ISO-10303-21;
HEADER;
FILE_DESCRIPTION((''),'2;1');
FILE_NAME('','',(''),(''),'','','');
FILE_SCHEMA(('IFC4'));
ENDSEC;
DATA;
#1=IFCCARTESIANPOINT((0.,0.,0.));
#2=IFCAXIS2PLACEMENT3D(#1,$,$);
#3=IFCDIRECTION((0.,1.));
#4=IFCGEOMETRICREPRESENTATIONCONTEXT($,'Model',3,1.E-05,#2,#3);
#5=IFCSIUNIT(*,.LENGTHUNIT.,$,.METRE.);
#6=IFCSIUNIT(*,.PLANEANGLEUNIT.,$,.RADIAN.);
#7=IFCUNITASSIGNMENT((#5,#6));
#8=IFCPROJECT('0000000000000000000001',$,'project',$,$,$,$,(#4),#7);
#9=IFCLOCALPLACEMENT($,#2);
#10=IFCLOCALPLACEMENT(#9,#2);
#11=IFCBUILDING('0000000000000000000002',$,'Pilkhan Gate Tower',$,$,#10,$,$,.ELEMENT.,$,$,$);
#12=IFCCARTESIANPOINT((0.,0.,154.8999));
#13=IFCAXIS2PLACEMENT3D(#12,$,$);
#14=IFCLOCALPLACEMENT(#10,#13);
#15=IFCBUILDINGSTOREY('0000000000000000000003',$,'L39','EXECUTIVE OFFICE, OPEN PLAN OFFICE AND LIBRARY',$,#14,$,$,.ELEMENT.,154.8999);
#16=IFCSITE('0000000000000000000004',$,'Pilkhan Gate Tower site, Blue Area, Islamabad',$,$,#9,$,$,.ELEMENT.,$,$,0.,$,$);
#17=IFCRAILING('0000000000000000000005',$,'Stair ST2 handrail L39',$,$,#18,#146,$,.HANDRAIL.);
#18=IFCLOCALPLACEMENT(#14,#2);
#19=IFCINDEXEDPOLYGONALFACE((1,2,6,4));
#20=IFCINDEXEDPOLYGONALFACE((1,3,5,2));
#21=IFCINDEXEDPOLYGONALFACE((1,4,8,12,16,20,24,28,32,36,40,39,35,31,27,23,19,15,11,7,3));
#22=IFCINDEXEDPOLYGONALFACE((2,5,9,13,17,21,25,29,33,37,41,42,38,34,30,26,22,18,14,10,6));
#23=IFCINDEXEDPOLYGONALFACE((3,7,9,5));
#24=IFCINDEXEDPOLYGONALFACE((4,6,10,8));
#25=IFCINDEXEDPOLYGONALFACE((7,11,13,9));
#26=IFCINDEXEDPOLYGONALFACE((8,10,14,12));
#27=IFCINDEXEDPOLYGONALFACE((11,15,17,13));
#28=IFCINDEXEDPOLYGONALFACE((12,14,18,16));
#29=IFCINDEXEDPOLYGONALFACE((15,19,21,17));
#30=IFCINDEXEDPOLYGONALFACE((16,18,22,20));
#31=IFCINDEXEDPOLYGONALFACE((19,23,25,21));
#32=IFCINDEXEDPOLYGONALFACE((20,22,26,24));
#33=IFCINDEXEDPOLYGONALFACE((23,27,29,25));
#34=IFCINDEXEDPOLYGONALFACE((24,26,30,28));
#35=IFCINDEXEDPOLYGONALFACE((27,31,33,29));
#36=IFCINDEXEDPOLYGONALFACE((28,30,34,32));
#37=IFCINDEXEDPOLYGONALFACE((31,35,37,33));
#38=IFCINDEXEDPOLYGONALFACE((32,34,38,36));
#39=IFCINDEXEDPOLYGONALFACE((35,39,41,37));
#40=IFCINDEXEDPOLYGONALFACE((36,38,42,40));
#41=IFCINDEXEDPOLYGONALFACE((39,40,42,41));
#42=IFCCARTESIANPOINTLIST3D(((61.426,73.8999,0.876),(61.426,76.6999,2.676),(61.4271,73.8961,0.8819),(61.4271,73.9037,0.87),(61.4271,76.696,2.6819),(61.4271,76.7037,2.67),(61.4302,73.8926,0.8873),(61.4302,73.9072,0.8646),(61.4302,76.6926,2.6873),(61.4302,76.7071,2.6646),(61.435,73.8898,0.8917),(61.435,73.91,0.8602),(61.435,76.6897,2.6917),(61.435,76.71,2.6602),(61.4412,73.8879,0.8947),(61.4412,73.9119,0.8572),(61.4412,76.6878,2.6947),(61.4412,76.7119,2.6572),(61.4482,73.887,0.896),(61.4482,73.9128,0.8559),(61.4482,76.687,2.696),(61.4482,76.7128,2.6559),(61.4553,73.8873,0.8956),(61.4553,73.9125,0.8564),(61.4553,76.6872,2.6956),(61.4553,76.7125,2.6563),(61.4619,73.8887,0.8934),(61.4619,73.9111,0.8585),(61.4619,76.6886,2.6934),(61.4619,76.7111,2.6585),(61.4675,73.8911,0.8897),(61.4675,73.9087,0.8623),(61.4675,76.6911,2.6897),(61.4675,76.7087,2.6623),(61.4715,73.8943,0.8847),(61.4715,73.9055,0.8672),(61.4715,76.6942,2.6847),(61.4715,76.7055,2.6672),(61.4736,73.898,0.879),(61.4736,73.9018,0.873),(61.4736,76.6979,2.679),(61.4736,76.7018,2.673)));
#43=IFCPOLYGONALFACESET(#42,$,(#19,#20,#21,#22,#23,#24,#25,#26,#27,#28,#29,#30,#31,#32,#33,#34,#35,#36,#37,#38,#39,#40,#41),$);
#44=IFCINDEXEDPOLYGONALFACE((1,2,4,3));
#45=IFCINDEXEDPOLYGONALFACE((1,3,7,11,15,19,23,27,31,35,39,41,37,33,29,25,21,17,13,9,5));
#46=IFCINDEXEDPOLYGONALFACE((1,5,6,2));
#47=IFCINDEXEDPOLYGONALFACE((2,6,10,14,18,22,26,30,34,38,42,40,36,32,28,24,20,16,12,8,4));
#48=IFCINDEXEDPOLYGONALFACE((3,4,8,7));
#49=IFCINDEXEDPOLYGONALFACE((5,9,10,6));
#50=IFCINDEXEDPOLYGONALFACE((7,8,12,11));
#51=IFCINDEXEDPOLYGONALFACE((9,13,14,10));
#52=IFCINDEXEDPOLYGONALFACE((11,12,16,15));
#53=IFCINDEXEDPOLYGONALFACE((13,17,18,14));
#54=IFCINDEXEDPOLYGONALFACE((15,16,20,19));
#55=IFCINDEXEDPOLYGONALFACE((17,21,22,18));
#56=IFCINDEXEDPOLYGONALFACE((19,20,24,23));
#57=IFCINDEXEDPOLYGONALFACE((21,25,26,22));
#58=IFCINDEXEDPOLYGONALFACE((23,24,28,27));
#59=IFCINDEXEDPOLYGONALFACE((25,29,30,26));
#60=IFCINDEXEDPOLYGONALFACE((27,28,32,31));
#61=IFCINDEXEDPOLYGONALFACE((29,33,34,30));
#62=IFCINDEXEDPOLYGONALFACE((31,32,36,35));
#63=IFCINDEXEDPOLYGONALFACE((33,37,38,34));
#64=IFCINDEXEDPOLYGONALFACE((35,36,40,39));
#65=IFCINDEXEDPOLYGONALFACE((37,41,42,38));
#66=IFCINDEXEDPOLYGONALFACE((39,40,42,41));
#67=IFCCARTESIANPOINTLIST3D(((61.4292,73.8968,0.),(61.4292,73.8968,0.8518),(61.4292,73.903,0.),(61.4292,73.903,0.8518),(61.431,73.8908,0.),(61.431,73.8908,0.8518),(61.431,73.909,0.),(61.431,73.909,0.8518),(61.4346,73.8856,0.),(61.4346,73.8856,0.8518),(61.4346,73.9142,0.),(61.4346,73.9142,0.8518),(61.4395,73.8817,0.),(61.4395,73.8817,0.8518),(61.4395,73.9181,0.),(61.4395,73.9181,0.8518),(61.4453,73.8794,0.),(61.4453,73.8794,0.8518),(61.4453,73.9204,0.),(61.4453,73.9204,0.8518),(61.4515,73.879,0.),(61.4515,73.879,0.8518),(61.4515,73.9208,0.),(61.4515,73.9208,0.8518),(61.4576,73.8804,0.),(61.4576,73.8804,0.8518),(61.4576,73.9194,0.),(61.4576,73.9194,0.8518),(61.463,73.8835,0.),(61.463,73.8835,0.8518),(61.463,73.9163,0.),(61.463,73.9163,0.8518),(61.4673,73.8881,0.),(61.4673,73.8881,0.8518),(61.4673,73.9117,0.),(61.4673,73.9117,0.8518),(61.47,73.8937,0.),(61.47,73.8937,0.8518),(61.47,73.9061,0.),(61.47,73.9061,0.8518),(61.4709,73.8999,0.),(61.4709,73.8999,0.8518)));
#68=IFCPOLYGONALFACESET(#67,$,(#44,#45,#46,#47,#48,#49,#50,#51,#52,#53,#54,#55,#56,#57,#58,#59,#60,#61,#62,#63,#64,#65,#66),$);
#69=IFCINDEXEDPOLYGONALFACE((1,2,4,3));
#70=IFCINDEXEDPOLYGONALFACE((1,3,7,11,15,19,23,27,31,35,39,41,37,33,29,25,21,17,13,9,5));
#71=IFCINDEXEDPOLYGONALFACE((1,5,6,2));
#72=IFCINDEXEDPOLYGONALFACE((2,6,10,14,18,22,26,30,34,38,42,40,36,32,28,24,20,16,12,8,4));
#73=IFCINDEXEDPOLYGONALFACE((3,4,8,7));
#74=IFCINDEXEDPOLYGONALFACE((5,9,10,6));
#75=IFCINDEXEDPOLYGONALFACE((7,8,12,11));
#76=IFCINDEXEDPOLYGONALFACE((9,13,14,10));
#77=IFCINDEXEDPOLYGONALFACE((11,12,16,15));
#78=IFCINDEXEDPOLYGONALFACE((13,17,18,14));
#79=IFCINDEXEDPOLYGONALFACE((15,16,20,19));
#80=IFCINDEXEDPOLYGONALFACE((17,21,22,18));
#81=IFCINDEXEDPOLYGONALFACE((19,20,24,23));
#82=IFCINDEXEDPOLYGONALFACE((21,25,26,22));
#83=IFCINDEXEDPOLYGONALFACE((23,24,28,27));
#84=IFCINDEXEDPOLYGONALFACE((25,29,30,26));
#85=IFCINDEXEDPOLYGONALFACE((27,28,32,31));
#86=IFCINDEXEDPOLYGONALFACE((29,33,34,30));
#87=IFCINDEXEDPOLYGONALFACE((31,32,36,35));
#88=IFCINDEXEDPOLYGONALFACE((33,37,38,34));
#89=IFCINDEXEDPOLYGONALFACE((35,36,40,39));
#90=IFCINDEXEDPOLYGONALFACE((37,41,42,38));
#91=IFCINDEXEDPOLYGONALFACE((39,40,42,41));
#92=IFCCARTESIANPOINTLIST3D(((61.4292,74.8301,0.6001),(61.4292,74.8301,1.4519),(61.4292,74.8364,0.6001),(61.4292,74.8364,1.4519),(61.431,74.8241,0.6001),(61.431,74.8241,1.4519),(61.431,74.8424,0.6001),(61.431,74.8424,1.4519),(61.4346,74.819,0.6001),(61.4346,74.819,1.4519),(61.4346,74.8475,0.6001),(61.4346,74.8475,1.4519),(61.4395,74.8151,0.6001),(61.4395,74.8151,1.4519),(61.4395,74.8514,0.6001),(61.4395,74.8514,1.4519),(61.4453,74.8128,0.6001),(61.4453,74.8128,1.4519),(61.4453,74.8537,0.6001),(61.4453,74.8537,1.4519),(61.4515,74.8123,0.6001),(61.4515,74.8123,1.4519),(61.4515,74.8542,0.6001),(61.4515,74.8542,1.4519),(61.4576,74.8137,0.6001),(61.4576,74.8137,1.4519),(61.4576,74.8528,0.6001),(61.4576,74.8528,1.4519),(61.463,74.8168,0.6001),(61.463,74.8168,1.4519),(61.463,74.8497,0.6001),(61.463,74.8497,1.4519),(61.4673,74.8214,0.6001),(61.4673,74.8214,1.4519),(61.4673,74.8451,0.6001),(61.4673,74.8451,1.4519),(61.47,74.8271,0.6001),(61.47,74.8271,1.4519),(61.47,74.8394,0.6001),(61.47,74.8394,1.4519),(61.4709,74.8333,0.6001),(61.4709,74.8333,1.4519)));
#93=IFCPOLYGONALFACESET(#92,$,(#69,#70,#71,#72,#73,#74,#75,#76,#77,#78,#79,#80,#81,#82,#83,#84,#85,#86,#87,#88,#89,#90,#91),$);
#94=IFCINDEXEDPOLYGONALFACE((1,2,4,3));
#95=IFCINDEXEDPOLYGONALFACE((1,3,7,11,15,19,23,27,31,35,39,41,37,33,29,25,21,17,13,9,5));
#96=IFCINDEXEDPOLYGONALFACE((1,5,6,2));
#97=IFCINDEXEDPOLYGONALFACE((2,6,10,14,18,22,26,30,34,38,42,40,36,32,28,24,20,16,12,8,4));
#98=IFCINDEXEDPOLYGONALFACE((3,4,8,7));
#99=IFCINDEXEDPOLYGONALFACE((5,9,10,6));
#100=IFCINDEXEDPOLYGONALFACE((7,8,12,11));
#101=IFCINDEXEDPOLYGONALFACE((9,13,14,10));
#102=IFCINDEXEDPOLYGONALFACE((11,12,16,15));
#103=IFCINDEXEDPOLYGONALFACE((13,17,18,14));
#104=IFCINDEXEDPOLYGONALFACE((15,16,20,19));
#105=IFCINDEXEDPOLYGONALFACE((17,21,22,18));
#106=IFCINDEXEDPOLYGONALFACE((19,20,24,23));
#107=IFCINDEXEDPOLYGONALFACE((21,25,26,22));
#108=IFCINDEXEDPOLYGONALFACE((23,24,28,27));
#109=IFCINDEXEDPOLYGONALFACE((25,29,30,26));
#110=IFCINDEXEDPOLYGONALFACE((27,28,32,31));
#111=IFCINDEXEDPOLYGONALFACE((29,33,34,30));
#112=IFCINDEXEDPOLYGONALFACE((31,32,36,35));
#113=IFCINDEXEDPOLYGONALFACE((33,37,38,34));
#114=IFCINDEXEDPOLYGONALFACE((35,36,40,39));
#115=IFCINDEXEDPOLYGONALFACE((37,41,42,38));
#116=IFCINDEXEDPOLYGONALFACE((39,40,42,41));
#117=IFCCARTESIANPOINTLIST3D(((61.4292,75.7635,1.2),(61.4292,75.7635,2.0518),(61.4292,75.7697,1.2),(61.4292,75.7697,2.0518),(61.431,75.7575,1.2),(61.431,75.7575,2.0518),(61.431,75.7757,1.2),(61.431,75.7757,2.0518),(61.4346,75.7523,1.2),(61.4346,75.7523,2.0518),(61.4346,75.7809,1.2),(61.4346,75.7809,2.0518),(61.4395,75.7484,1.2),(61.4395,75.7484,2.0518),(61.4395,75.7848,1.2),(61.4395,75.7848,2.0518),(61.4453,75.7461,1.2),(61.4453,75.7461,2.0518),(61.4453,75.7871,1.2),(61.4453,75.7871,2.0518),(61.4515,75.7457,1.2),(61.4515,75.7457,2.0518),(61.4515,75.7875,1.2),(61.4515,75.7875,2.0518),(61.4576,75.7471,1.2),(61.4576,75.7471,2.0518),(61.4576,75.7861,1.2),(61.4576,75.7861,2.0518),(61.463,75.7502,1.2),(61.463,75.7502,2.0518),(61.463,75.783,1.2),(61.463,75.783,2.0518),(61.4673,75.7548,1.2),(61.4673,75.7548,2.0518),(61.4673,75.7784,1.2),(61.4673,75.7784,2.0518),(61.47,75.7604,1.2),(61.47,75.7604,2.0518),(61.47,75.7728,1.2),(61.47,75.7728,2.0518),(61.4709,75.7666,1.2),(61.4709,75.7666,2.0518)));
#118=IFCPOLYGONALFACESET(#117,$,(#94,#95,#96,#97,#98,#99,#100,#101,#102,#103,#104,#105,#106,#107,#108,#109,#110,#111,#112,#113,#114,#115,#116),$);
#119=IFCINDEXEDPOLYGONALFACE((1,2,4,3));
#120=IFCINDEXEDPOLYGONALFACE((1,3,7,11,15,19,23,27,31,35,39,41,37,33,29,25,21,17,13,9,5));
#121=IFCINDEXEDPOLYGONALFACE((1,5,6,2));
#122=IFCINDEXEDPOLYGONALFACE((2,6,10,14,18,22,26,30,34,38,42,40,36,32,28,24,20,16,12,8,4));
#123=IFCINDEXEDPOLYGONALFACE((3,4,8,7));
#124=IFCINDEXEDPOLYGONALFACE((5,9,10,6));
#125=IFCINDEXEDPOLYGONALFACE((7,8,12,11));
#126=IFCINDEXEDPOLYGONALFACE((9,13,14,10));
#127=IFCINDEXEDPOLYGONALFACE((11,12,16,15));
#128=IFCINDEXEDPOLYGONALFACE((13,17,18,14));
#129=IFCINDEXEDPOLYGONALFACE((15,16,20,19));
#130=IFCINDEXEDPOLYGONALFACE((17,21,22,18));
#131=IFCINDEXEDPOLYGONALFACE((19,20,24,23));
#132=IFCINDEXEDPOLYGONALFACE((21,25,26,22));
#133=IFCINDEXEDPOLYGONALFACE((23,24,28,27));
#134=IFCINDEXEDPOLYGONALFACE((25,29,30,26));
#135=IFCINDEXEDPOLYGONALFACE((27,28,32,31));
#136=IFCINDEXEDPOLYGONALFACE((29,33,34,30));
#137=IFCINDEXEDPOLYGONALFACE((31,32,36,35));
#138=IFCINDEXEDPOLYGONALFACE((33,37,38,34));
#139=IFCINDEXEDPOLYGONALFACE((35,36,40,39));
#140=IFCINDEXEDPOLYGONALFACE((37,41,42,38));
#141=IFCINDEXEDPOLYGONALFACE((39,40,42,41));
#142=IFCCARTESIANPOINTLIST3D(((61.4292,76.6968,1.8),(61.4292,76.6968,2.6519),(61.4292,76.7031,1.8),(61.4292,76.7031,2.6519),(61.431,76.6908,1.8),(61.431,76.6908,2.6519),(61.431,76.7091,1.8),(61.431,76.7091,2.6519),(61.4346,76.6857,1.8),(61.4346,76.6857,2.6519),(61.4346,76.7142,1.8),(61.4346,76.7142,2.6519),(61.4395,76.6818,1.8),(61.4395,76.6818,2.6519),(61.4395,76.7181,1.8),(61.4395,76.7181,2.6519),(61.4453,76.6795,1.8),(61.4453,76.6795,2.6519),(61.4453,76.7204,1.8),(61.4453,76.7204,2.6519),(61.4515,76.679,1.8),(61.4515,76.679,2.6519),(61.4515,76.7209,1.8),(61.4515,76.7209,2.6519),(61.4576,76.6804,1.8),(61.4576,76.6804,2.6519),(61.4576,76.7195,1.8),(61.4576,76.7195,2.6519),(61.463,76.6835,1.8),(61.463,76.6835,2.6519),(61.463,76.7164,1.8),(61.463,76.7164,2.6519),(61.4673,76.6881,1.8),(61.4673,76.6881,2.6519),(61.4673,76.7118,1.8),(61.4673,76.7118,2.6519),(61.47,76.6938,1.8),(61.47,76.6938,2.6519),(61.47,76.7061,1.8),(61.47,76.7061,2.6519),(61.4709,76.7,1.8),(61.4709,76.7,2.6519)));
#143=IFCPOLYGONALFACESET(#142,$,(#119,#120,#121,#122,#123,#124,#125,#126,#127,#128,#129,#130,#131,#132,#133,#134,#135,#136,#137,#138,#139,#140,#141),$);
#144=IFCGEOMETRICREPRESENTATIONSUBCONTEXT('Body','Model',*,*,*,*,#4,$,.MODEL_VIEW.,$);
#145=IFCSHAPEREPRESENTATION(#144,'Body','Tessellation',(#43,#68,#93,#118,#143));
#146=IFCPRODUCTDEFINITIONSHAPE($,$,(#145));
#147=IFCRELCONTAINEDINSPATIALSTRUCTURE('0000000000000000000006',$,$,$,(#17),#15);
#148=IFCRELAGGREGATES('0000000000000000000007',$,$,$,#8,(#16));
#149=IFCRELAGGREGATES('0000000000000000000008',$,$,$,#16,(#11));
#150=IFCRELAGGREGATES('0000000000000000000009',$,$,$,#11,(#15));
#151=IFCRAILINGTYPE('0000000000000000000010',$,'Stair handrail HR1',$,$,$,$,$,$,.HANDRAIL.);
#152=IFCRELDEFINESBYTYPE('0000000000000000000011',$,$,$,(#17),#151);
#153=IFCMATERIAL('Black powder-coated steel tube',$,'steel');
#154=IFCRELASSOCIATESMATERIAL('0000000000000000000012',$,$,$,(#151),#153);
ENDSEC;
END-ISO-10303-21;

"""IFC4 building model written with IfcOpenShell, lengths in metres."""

from ifc_helpers import new_model, si_unit, direction, frame, origin, origin_2d, place, context, subcontext, project, spatial, circle, extrude, material, type_object, element, save


model = new_model("IFC4")

# Units and contexts
model_context = context("Model", 3, precision=1e-05, world=origin(), true_north=direction((0.0, 1.0)))
body_context = subcontext(model_context, "Body", "Model", "MODEL_VIEW")
ifc_project = project(units=[si_unit("LENGTHUNIT", "METRE"), si_unit("PLANEANGLEUNIT", "RADIAN")], contexts=[model_context])

# Site, building, storey
site_placement = place(None, origin())
site = spatial("IfcSite", under=ifc_project, at=site_placement, Name="Pilkhan Gate Tower site, Blue Area, Islamabad", CompositionType="ELEMENT", RefElevation=0.0)
building_placement = place(site_placement, origin())
building = spatial("IfcBuilding", under=site, at=building_placement, Name="Pilkhan Gate Tower", CompositionType="ELEMENT")
storey_placement = place(building_placement, frame((0.0, 0.0, 154.8999)))
storey = spatial("IfcBuildingStorey", under=building, at=storey_placement, Name="L39", Description="EXECUTIVE OFFICE, OPEN PLAN OFFICE AND LIBRARY", CompositionType="ELEMENT", Elevation=154.8999)

# Railing
ifc_material_1 = material(Name="Black powder-coated steel tube", Category="steel")
railing_type_1 = type_object("IfcRailingType", Name="Stair handrail HR1", PredefinedType="HANDRAIL", material=ifc_material_1)
railing_1_placement = place(storey_placement, frame((61.45, 73.8999, 0.0)))
element("IfcRailing", 1, at=railing_1_placement, inside=storey, type_object=railing_type_1, Name="Stair ST2 handrail L39", PredefinedType="HANDRAIL", context=body_context, shape_type="SweptSolid", body=[
    extrude(circle(Radius=0.0239, at=origin_2d()), frame((0.0, 0.0, 0.876), z_axis=(0.0, 0.841176, 0.540761), x_axis=(-1.0, 0.0, 0.0)), (0.0, 0.0, 1.0), 3.3286),
    extrude(circle(Radius=0.021, at=origin_2d()), origin(), (0.0, 0.0, 1.0), 0.8518),
    extrude(circle(Radius=0.021, at=origin_2d()), frame((0.0, 0.9333, 0.6001)), (0.0, 0.0, 1.0), 0.8518),
    extrude(circle(Radius=0.021, at=origin_2d()), frame((0.0, 1.8667, 1.2)), (0.0, 0.0, 1.0), 0.8518),
    extrude(circle(Radius=0.021, at=origin_2d()), frame((0.0, 2.8, 1.8)), (0.0, 0.0, 1.0), 0.8518),
])

save(model, "model.ifc")
